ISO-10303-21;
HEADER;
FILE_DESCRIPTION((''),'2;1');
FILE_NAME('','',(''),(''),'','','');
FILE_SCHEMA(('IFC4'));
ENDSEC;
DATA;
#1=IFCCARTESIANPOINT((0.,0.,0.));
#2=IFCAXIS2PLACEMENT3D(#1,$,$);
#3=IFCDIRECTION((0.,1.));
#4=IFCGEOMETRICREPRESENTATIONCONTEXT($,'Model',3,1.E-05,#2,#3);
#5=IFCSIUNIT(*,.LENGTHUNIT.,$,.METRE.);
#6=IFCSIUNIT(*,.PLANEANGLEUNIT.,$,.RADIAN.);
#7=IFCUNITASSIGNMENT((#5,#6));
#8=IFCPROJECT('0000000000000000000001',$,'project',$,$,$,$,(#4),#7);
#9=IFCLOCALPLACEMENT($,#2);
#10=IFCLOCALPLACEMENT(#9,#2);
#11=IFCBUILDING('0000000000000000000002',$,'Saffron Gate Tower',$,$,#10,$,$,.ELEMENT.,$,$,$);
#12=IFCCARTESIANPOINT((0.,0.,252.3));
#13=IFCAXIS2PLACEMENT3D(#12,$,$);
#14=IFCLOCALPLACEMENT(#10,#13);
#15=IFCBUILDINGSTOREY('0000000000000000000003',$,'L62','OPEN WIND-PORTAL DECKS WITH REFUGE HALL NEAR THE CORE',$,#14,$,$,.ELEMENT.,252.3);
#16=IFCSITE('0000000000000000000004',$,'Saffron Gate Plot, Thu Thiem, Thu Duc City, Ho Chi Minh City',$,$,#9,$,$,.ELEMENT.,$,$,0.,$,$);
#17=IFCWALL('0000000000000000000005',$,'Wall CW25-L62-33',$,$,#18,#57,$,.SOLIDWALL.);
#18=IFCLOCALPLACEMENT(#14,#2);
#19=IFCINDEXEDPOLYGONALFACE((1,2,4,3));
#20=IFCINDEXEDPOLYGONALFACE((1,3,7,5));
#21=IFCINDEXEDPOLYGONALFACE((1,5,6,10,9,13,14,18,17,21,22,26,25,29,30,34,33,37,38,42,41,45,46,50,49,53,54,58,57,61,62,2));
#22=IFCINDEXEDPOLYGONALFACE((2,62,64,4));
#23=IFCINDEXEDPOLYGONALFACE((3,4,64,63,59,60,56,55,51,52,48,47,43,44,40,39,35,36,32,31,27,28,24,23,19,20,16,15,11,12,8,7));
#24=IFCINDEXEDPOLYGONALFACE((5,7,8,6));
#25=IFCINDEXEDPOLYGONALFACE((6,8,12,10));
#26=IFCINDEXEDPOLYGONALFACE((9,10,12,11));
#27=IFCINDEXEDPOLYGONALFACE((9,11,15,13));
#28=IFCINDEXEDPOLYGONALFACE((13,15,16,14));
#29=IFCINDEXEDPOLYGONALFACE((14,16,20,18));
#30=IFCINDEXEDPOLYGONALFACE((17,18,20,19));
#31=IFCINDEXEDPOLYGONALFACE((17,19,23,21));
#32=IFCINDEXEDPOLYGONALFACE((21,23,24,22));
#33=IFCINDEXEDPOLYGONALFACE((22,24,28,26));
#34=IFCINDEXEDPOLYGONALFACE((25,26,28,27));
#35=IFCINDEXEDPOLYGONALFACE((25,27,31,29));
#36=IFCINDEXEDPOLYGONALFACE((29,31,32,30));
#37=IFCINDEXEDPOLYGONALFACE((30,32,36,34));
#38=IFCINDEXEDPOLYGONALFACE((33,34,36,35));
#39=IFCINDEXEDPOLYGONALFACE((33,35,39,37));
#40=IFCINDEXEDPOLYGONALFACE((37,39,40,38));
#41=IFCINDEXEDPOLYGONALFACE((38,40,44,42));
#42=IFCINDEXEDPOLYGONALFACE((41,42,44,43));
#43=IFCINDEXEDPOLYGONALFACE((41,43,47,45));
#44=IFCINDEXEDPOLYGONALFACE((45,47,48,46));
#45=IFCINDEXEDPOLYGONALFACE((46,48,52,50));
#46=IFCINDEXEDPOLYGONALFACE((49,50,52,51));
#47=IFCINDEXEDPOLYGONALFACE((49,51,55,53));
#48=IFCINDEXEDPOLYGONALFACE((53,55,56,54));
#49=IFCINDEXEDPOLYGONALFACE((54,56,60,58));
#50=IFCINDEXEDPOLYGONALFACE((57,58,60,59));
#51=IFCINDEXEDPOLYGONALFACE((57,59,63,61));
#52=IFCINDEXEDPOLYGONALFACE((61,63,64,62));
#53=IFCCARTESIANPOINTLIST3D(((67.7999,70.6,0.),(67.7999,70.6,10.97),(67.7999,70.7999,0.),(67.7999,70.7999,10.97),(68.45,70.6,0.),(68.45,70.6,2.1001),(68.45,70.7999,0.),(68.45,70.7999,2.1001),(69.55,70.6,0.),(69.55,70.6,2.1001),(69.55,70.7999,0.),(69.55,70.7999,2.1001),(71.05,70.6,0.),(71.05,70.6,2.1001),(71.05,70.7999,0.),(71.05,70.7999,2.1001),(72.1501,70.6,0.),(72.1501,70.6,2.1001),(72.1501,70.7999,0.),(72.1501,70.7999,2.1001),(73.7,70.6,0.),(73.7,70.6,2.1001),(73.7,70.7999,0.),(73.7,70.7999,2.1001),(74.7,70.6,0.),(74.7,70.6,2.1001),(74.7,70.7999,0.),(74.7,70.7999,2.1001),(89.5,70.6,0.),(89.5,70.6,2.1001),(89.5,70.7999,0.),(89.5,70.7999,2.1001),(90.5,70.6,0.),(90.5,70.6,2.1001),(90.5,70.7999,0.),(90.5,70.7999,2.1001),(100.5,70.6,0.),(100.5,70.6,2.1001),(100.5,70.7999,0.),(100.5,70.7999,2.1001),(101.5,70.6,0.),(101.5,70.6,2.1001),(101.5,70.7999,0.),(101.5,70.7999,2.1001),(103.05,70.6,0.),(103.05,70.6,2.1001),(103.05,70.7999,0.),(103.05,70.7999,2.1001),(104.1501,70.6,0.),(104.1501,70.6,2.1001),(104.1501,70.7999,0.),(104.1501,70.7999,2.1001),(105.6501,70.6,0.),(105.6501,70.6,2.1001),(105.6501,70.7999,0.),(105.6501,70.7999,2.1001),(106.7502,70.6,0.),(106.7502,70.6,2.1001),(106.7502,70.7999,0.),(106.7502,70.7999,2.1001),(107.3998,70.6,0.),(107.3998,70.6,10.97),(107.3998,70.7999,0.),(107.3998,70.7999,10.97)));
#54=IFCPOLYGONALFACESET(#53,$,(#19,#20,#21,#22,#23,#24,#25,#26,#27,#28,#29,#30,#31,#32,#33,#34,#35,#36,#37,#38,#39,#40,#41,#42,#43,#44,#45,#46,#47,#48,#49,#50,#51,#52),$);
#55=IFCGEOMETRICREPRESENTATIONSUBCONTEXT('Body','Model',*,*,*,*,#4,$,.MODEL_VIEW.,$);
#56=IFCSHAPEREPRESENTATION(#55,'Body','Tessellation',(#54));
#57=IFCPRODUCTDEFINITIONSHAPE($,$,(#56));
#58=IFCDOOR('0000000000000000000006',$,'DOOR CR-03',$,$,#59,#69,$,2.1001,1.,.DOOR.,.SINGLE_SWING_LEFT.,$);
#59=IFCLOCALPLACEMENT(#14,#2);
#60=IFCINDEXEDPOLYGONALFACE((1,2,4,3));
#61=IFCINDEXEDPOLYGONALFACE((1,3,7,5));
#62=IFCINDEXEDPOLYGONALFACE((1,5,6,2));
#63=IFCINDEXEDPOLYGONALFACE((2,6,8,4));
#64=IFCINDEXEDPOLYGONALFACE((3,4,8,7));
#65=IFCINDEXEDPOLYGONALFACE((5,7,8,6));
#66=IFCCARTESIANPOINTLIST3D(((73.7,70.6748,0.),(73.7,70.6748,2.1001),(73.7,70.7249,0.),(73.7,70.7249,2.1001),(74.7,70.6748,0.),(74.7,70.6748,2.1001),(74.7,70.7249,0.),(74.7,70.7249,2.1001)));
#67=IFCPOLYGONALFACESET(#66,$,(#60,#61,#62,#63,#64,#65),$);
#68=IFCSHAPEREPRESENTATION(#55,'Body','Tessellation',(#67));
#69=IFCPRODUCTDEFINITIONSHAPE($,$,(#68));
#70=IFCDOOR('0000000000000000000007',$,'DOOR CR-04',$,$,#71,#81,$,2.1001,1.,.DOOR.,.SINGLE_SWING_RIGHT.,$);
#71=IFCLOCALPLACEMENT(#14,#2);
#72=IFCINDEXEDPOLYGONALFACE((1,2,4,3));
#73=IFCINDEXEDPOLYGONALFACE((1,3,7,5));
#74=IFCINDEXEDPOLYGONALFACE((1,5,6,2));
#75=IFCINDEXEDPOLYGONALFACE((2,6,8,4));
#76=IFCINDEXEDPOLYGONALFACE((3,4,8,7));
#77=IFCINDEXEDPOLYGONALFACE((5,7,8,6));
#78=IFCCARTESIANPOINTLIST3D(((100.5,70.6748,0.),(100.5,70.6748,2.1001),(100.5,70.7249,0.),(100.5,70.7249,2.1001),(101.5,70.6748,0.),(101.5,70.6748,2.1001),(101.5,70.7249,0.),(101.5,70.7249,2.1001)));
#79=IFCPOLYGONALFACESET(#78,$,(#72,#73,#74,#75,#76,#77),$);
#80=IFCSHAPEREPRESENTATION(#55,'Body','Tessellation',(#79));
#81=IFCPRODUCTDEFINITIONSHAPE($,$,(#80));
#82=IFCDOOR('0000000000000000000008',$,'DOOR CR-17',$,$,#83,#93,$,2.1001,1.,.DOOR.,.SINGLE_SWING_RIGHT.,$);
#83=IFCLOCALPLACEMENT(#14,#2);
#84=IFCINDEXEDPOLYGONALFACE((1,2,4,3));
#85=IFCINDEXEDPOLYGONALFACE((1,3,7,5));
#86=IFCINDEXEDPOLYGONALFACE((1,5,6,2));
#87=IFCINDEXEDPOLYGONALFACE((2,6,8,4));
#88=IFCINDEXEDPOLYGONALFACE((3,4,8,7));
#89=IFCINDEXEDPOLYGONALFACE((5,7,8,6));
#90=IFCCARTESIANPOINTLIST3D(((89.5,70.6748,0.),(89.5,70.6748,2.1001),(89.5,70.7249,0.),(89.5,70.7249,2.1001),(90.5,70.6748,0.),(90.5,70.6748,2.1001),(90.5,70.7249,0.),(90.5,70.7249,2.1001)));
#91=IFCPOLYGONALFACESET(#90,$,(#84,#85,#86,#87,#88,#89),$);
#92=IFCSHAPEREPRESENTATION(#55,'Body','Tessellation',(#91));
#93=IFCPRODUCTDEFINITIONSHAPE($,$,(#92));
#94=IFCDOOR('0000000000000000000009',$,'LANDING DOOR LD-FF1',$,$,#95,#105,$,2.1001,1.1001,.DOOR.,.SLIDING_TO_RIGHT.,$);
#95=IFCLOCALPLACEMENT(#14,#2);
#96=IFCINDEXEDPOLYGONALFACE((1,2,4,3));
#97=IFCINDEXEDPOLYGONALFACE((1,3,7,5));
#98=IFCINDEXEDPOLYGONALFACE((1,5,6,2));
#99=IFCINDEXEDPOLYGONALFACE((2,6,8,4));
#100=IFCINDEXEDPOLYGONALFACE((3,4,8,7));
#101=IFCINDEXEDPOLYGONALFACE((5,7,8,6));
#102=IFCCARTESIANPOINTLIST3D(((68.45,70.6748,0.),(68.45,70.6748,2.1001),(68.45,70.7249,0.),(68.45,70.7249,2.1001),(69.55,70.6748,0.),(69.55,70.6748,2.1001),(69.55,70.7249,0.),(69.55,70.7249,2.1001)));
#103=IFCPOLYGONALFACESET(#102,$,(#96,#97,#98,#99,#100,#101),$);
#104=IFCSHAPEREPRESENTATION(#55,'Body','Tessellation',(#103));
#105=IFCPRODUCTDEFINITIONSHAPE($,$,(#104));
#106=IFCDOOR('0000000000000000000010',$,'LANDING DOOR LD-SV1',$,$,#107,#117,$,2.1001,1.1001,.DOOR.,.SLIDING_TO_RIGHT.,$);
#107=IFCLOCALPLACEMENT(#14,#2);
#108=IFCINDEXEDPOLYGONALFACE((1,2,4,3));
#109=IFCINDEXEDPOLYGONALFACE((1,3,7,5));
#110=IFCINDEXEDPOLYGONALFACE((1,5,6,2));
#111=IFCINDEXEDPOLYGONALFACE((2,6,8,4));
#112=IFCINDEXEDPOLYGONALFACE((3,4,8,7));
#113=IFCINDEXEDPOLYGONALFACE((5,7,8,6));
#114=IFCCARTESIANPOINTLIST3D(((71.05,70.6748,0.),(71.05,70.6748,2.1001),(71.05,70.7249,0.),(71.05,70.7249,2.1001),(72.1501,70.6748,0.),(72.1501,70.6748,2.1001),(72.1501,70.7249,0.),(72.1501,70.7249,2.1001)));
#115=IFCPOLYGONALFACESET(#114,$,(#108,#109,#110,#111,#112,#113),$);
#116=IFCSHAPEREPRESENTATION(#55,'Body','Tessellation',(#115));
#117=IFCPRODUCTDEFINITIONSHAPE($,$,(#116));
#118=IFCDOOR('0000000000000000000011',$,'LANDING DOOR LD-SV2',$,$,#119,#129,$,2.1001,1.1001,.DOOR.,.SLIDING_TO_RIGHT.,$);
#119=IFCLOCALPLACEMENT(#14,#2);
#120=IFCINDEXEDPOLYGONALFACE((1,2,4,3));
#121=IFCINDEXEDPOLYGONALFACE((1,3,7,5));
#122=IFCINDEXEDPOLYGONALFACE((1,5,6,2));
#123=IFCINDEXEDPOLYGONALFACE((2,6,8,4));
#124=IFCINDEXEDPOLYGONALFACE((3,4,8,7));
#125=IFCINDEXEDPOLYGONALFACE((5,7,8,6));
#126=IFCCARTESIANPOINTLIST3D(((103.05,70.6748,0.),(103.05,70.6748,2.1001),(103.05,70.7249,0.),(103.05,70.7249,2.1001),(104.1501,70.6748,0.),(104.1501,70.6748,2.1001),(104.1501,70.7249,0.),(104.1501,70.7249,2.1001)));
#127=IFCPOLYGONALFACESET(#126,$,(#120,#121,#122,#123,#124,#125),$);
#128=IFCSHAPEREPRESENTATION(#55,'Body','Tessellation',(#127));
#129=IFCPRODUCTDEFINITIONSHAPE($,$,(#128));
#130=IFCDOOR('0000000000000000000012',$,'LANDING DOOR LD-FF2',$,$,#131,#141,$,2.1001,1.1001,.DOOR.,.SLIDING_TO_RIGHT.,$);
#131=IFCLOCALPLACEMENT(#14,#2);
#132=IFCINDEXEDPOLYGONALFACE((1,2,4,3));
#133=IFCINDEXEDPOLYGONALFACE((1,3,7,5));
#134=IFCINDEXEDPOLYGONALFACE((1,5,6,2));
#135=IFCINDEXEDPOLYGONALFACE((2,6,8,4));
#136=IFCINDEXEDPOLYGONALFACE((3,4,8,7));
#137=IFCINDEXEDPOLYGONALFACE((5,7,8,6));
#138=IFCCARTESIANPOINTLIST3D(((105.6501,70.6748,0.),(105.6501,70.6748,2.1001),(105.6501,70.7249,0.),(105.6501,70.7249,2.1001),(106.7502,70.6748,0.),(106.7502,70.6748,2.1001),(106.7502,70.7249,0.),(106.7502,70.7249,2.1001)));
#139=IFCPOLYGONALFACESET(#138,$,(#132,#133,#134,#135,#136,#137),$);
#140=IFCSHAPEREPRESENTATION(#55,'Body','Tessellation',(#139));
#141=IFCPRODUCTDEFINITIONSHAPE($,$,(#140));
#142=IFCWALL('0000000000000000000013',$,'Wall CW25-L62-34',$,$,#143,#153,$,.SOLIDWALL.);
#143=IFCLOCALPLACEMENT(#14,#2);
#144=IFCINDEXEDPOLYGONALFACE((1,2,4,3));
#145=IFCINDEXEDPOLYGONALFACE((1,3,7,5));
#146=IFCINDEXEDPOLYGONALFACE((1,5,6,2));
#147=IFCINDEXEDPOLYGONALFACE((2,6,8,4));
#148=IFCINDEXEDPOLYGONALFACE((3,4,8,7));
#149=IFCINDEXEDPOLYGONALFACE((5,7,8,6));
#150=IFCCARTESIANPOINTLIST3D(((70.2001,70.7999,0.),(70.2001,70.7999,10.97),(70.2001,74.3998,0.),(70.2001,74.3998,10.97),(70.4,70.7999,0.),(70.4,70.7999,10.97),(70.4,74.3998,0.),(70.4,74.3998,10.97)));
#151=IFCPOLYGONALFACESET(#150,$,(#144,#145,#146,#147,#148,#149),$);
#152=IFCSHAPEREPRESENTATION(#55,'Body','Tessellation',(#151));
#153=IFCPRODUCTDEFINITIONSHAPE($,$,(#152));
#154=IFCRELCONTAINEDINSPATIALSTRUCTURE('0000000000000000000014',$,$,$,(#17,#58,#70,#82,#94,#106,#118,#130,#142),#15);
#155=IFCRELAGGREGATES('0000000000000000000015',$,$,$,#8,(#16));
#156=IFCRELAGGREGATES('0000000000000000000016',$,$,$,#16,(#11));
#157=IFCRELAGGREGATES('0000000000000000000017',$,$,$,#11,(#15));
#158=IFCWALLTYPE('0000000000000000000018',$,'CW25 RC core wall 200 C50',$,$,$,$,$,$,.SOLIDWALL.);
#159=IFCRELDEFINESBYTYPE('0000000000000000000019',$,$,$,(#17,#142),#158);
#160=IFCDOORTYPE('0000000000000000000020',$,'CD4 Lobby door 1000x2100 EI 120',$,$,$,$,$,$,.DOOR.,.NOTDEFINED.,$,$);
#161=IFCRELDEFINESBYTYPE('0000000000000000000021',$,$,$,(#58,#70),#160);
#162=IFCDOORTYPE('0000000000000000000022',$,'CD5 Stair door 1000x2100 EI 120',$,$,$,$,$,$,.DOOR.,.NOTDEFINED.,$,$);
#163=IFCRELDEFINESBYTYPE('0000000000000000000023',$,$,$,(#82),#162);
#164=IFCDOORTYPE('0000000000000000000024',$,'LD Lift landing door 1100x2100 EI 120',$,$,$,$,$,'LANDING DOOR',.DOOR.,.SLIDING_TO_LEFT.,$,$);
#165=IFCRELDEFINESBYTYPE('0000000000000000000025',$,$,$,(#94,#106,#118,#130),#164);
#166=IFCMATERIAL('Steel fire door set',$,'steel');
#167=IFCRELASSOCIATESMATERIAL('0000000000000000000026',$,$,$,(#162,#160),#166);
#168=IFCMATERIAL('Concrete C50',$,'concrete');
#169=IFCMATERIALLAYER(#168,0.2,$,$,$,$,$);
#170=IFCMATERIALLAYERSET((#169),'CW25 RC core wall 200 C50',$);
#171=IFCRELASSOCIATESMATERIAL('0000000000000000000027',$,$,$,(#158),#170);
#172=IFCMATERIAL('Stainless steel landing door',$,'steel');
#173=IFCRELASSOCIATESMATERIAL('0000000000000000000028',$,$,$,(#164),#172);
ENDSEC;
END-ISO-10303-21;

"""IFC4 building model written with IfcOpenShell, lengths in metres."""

from ifc_helpers import new_model, si_unit, direction, frame, frame_2d, origin, place, context, subcontext, project, spatial, rectangle, extrude, material, layer, layer_set, type_object, element, fill, save


model = new_model("IFC4")

# Units and contexts
model_context = context("Model", 3, precision=1e-05, world=origin(), true_north=direction((0.0, 1.0)))
body_context = subcontext(model_context, "Body", "Model", "MODEL_VIEW")
ifc_project = project(units=[si_unit("LENGTHUNIT", "METRE"), si_unit("PLANEANGLEUNIT", "RADIAN")], contexts=[model_context])

# Site, building, storey
site_placement = place(None, origin())
site = spatial("IfcSite", under=ifc_project, at=site_placement, Name="Saffron Gate Plot, Thu Thiem, Thu Duc City, Ho Chi Minh City", CompositionType="ELEMENT", RefElevation=0.0)
building_placement = place(site_placement, origin())
building = spatial("IfcBuilding", under=site, at=building_placement, Name="Saffron Gate Tower", CompositionType="ELEMENT")
storey_placement = place(building_placement, frame((0.0, 0.0, 252.3)))
storey = spatial("IfcBuildingStorey", under=building, at=storey_placement, Name="L62", Description="OPEN WIND-PORTAL DECKS WITH REFUGE HALL NEAR THE CORE", CompositionType="ELEMENT", Elevation=252.3)

# Shared definitions
ifc_material_1 = material(Name="Concrete C50", Category="concrete")

# Wall, openings, doors
ifc_material_2 = material(Name="Steel fire door set", Category="steel")
door_type_1 = type_object("IfcDoorType", Name="CD5 Stair door 1000x2100 EI 120", OperationType="NOTDEFINED", PredefinedType="DOOR", material=ifc_material_2)
ifc_layer_1 = layer(ifc_material_1, 0.2)
ifc_layer_set_1 = layer_set([ifc_layer_1], Name="CW25 RC core wall 200 C50")
wall_type_1 = type_object("IfcWallType", Name="CW25 RC core wall 200 C50", PredefinedType="SOLIDWALL", material=ifc_layer_set_1)
wall_1_placement = place(storey_placement, frame((67.8, 70.7, 0.0), z_axis=(0.0, 0.0, 1.0), x_axis=(1.0, 0.0, 0.0)))
wall_1 = element("IfcWall", 1, at=wall_1_placement, inside=storey, type_object=wall_type_1, Name="Wall CW25-L62-33", PredefinedType="SOLIDWALL", context=body_context, shape_type="SweptSolid", body=[
    extrude(rectangle(XDim=39.5999, YDim=0.2, at=frame_2d((19.7998, 0.0))), origin(), (0.0, 0.0, 1.0), 10.97),
])
opening_1_placement = place(wall_1_placement, frame((0.6499, 0.0, 0.0)))
opening_1 = element("IfcOpeningElement", 2, at=opening_1_placement, cuts=wall_1, PredefinedType="OPENING", context=body_context, shape_type="SweptSolid", body=[
    extrude(rectangle(XDim=1.1001, YDim=2.1001, at=frame_2d((0.55, 1.05))), frame((0.0, 0.1099, 0.0), z_axis=(0.0, -1.0, 0.0), x_axis=(1.0, 0.0, 0.0)), (0.0, 0.0, 1.0), 0.22),
])
opening_2_placement = place(wall_1_placement, frame((3.25, 0.0, 0.0)))
opening_2 = element("IfcOpeningElement", 3, at=opening_2_placement, cuts=wall_1, PredefinedType="OPENING", context=body_context, shape_type="SweptSolid", body=[
    extrude(rectangle(XDim=1.1001, YDim=2.1001, at=frame_2d((0.55, 1.05))), frame((0.0, 0.1099, 0.0), z_axis=(0.0, -1.0, 0.0), x_axis=(1.0, 0.0, 0.0)), (0.0, 0.0, 1.0), 0.22),
])
opening_3_placement = place(wall_1_placement, frame((5.8999, 0.0, 0.0)))
opening_3 = element("IfcOpeningElement", 4, at=opening_3_placement, cuts=wall_1, PredefinedType="OPENING", context=body_context, shape_type="SweptSolid", body=[
    extrude(rectangle(XDim=1.0, YDim=2.1001, at=frame_2d((0.5, 1.05))), frame((0.0, 0.1099, 0.0), z_axis=(0.0, -1.0, 0.0), x_axis=(1.0, 0.0, 0.0)), (0.0, 0.0, 1.0), 0.22),
])
opening_4_placement = place(wall_1_placement, frame((21.7, 0.0, 0.0)))
opening_4 = element("IfcOpeningElement", 5, at=opening_4_placement, cuts=wall_1, PredefinedType="OPENING", context=body_context, shape_type="SweptSolid", body=[
    extrude(rectangle(XDim=1.0, YDim=2.1001, at=frame_2d((0.5, 1.05))), frame((0.0, 0.1099, 0.0), z_axis=(0.0, -1.0, 0.0), x_axis=(1.0, 0.0, 0.0)), (0.0, 0.0, 1.0), 0.22),
])
opening_5_placement = place(wall_1_placement, frame((32.7, 0.0, 0.0)))
opening_5 = element("IfcOpeningElement", 6, at=opening_5_placement, cuts=wall_1, PredefinedType="OPENING", context=body_context, shape_type="SweptSolid", body=[
    extrude(rectangle(XDim=1.0, YDim=2.1001, at=frame_2d((0.5, 1.05))), frame((0.0, 0.1099, 0.0), z_axis=(0.0, -1.0, 0.0), x_axis=(1.0, 0.0, 0.0)), (0.0, 0.0, 1.0), 0.22),
])
opening_6_placement = place(wall_1_placement, frame((35.25, 0.0, 0.0)))
opening_6 = element("IfcOpeningElement", 7, at=opening_6_placement, cuts=wall_1, PredefinedType="OPENING", context=body_context, shape_type="SweptSolid", body=[
    extrude(rectangle(XDim=1.1001, YDim=2.1001, at=frame_2d((0.55, 1.05))), frame((0.0, 0.1099, 0.0), z_axis=(0.0, -1.0, 0.0), x_axis=(1.0, 0.0, 0.0)), (0.0, 0.0, 1.0), 0.22),
])
opening_7_placement = place(wall_1_placement, frame((37.8501, 0.0, 0.0)))
opening_7 = element("IfcOpeningElement", 8, at=opening_7_placement, cuts=wall_1, PredefinedType="OPENING", context=body_context, shape_type="SweptSolid", body=[
    extrude(rectangle(XDim=1.1001, YDim=2.1001, at=frame_2d((0.55, 1.05))), frame((0.0, 0.1099, 0.0), z_axis=(0.0, -1.0, 0.0), x_axis=(1.0, 0.0, 0.0)), (0.0, 0.0, 1.0), 0.22),
])
door_type_2 = type_object("IfcDoorType", Name="CD4 Lobby door 1000x2100 EI 120", OperationType="NOTDEFINED", PredefinedType="DOOR", material=ifc_material_2)
door_1_placement = place(opening_3_placement, origin())
door_1 = element("IfcDoor", 9, at=door_1_placement, inside=storey, type_object=door_type_2, Name="DOOR CR-03", OperationType="SINGLE_SWING_LEFT", OverallHeight=2.1001, OverallWidth=1.0, PredefinedType="DOOR", context=body_context, shape_type="SweptSolid", body=[
    extrude(rectangle(XDim=1.0, YDim=2.1001, at=frame_2d((0.5, 1.05))), frame((0.0, 0.0249, 0.0), z_axis=(0.0, -1.0, 0.0), x_axis=(1.0, 0.0, 0.0)), (0.0, 0.0, 1.0), 0.05),
])
fill(opening_3, door_1)
door_2_placement = place(opening_5_placement, origin())
door_2 = element("IfcDoor", 10, at=door_2_placement, inside=storey, type_object=door_type_2, Name="DOOR CR-04", OperationType="SINGLE_SWING_RIGHT", OverallHeight=2.1001, OverallWidth=1.0, PredefinedType="DOOR", context=body_context, shape_type="SweptSolid", body=[
    extrude(rectangle(XDim=1.0, YDim=2.1001, at=frame_2d((0.5, 1.05))), frame((0.0, 0.0249, 0.0), z_axis=(0.0, -1.0, 0.0), x_axis=(1.0, 0.0, 0.0)), (0.0, 0.0, 1.0), 0.05),
])
fill(opening_5, door_2)
door_3_placement = place(opening_4_placement, origin())
door_3 = element("IfcDoor", 11, at=door_3_placement, inside=storey, type_object=door_type_1, Name="DOOR CR-17", OperationType="SINGLE_SWING_RIGHT", OverallHeight=2.1001, OverallWidth=1.0, PredefinedType="DOOR", context=body_context, shape_type="SweptSolid", body=[
    extrude(rectangle(XDim=1.0, YDim=2.1001, at=frame_2d((0.5, 1.05))), frame((0.0, 0.0249, 0.0), z_axis=(0.0, -1.0, 0.0), x_axis=(1.0, 0.0, 0.0)), (0.0, 0.0, 1.0), 0.05),
])
fill(opening_4, door_3)
ifc_material_3 = material(Name="Stainless steel landing door", Category="steel")
door_type_3 = type_object("IfcDoorType", Name="LD Lift landing door 1100x2100 EI 120", ElementType="LANDING DOOR", OperationType="SLIDING_TO_LEFT", PredefinedType="DOOR", material=ifc_material_3)
door_4_placement = place(opening_1_placement, origin())
door_4 = element("IfcDoor", 12, at=door_4_placement, inside=storey, type_object=door_type_3, Name="LANDING DOOR LD-FF1", OperationType="SLIDING_TO_RIGHT", OverallHeight=2.1001, OverallWidth=1.1001, PredefinedType="DOOR", context=body_context, shape_type="SweptSolid", body=[
    extrude(rectangle(XDim=1.1001, YDim=2.1001, at=frame_2d((0.55, 1.05))), frame((0.0, 0.0249, 0.0), z_axis=(0.0, -1.0, 0.0), x_axis=(1.0, 0.0, 0.0)), (0.0, 0.0, 1.0), 0.05),
])
fill(opening_1, door_4)
door_5_placement = place(opening_2_placement, origin())
door_5 = element("IfcDoor", 13, at=door_5_placement, inside=storey, type_object=door_type_3, Name="LANDING DOOR LD-SV1", OperationType="SLIDING_TO_RIGHT", OverallHeight=2.1001, OverallWidth=1.1001, PredefinedType="DOOR", context=body_context, shape_type="SweptSolid", body=[
    extrude(rectangle(XDim=1.1001, YDim=2.1001, at=frame_2d((0.55, 1.05))), frame((0.0, 0.0249, 0.0), z_axis=(0.0, -1.0, 0.0), x_axis=(1.0, 0.0, 0.0)), (0.0, 0.0, 1.0), 0.05),
])
fill(opening_2, door_5)
door_6_placement = place(opening_6_placement, origin())
door_6 = element("IfcDoor", 14, at=door_6_placement, inside=storey, type_object=door_type_3, Name="LANDING DOOR LD-SV2", OperationType="SLIDING_TO_RIGHT", OverallHeight=2.1001, OverallWidth=1.1001, PredefinedType="DOOR", context=body_context, shape_type="SweptSolid", body=[
    extrude(rectangle(XDim=1.1001, YDim=2.1001, at=frame_2d((0.55, 1.05))), frame((0.0, 0.0249, 0.0), z_axis=(0.0, -1.0, 0.0), x_axis=(1.0, 0.0, 0.0)), (0.0, 0.0, 1.0), 0.05),
])
fill(opening_6, door_6)
door_7_placement = place(opening_7_placement, origin())
door_7 = element("IfcDoor", 15, at=door_7_placement, inside=storey, type_object=door_type_3, Name="LANDING DOOR LD-FF2", OperationType="SLIDING_TO_RIGHT", OverallHeight=2.1001, OverallWidth=1.1001, PredefinedType="DOOR", context=body_context, shape_type="SweptSolid", body=[
    extrude(rectangle(XDim=1.1001, YDim=2.1001, at=frame_2d((0.55, 1.05))), frame((0.0, 0.0249, 0.0), z_axis=(0.0, -1.0, 0.0), x_axis=(1.0, 0.0, 0.0)), (0.0, 0.0, 1.0), 0.05),
])
fill(opening_7, door_7)

# Wall
wall_2_placement = place(storey_placement, frame((70.3, 70.8, 0.0), z_axis=(0.0, 0.0, 1.0), x_axis=(0.0, 1.0, 0.0)))
element("IfcWall", 16, at=wall_2_placement, inside=storey, type_object=wall_type_1, Name="Wall CW25-L62-34", PredefinedType="SOLIDWALL", context=body_context, shape_type="SweptSolid", body=[
    extrude(rectangle(XDim=3.5999, YDim=0.2, at=frame_2d((1.7998, 0.0))), origin(), (0.0, 0.0, 1.0), 10.97),
])

save(model, "model.ifc")
